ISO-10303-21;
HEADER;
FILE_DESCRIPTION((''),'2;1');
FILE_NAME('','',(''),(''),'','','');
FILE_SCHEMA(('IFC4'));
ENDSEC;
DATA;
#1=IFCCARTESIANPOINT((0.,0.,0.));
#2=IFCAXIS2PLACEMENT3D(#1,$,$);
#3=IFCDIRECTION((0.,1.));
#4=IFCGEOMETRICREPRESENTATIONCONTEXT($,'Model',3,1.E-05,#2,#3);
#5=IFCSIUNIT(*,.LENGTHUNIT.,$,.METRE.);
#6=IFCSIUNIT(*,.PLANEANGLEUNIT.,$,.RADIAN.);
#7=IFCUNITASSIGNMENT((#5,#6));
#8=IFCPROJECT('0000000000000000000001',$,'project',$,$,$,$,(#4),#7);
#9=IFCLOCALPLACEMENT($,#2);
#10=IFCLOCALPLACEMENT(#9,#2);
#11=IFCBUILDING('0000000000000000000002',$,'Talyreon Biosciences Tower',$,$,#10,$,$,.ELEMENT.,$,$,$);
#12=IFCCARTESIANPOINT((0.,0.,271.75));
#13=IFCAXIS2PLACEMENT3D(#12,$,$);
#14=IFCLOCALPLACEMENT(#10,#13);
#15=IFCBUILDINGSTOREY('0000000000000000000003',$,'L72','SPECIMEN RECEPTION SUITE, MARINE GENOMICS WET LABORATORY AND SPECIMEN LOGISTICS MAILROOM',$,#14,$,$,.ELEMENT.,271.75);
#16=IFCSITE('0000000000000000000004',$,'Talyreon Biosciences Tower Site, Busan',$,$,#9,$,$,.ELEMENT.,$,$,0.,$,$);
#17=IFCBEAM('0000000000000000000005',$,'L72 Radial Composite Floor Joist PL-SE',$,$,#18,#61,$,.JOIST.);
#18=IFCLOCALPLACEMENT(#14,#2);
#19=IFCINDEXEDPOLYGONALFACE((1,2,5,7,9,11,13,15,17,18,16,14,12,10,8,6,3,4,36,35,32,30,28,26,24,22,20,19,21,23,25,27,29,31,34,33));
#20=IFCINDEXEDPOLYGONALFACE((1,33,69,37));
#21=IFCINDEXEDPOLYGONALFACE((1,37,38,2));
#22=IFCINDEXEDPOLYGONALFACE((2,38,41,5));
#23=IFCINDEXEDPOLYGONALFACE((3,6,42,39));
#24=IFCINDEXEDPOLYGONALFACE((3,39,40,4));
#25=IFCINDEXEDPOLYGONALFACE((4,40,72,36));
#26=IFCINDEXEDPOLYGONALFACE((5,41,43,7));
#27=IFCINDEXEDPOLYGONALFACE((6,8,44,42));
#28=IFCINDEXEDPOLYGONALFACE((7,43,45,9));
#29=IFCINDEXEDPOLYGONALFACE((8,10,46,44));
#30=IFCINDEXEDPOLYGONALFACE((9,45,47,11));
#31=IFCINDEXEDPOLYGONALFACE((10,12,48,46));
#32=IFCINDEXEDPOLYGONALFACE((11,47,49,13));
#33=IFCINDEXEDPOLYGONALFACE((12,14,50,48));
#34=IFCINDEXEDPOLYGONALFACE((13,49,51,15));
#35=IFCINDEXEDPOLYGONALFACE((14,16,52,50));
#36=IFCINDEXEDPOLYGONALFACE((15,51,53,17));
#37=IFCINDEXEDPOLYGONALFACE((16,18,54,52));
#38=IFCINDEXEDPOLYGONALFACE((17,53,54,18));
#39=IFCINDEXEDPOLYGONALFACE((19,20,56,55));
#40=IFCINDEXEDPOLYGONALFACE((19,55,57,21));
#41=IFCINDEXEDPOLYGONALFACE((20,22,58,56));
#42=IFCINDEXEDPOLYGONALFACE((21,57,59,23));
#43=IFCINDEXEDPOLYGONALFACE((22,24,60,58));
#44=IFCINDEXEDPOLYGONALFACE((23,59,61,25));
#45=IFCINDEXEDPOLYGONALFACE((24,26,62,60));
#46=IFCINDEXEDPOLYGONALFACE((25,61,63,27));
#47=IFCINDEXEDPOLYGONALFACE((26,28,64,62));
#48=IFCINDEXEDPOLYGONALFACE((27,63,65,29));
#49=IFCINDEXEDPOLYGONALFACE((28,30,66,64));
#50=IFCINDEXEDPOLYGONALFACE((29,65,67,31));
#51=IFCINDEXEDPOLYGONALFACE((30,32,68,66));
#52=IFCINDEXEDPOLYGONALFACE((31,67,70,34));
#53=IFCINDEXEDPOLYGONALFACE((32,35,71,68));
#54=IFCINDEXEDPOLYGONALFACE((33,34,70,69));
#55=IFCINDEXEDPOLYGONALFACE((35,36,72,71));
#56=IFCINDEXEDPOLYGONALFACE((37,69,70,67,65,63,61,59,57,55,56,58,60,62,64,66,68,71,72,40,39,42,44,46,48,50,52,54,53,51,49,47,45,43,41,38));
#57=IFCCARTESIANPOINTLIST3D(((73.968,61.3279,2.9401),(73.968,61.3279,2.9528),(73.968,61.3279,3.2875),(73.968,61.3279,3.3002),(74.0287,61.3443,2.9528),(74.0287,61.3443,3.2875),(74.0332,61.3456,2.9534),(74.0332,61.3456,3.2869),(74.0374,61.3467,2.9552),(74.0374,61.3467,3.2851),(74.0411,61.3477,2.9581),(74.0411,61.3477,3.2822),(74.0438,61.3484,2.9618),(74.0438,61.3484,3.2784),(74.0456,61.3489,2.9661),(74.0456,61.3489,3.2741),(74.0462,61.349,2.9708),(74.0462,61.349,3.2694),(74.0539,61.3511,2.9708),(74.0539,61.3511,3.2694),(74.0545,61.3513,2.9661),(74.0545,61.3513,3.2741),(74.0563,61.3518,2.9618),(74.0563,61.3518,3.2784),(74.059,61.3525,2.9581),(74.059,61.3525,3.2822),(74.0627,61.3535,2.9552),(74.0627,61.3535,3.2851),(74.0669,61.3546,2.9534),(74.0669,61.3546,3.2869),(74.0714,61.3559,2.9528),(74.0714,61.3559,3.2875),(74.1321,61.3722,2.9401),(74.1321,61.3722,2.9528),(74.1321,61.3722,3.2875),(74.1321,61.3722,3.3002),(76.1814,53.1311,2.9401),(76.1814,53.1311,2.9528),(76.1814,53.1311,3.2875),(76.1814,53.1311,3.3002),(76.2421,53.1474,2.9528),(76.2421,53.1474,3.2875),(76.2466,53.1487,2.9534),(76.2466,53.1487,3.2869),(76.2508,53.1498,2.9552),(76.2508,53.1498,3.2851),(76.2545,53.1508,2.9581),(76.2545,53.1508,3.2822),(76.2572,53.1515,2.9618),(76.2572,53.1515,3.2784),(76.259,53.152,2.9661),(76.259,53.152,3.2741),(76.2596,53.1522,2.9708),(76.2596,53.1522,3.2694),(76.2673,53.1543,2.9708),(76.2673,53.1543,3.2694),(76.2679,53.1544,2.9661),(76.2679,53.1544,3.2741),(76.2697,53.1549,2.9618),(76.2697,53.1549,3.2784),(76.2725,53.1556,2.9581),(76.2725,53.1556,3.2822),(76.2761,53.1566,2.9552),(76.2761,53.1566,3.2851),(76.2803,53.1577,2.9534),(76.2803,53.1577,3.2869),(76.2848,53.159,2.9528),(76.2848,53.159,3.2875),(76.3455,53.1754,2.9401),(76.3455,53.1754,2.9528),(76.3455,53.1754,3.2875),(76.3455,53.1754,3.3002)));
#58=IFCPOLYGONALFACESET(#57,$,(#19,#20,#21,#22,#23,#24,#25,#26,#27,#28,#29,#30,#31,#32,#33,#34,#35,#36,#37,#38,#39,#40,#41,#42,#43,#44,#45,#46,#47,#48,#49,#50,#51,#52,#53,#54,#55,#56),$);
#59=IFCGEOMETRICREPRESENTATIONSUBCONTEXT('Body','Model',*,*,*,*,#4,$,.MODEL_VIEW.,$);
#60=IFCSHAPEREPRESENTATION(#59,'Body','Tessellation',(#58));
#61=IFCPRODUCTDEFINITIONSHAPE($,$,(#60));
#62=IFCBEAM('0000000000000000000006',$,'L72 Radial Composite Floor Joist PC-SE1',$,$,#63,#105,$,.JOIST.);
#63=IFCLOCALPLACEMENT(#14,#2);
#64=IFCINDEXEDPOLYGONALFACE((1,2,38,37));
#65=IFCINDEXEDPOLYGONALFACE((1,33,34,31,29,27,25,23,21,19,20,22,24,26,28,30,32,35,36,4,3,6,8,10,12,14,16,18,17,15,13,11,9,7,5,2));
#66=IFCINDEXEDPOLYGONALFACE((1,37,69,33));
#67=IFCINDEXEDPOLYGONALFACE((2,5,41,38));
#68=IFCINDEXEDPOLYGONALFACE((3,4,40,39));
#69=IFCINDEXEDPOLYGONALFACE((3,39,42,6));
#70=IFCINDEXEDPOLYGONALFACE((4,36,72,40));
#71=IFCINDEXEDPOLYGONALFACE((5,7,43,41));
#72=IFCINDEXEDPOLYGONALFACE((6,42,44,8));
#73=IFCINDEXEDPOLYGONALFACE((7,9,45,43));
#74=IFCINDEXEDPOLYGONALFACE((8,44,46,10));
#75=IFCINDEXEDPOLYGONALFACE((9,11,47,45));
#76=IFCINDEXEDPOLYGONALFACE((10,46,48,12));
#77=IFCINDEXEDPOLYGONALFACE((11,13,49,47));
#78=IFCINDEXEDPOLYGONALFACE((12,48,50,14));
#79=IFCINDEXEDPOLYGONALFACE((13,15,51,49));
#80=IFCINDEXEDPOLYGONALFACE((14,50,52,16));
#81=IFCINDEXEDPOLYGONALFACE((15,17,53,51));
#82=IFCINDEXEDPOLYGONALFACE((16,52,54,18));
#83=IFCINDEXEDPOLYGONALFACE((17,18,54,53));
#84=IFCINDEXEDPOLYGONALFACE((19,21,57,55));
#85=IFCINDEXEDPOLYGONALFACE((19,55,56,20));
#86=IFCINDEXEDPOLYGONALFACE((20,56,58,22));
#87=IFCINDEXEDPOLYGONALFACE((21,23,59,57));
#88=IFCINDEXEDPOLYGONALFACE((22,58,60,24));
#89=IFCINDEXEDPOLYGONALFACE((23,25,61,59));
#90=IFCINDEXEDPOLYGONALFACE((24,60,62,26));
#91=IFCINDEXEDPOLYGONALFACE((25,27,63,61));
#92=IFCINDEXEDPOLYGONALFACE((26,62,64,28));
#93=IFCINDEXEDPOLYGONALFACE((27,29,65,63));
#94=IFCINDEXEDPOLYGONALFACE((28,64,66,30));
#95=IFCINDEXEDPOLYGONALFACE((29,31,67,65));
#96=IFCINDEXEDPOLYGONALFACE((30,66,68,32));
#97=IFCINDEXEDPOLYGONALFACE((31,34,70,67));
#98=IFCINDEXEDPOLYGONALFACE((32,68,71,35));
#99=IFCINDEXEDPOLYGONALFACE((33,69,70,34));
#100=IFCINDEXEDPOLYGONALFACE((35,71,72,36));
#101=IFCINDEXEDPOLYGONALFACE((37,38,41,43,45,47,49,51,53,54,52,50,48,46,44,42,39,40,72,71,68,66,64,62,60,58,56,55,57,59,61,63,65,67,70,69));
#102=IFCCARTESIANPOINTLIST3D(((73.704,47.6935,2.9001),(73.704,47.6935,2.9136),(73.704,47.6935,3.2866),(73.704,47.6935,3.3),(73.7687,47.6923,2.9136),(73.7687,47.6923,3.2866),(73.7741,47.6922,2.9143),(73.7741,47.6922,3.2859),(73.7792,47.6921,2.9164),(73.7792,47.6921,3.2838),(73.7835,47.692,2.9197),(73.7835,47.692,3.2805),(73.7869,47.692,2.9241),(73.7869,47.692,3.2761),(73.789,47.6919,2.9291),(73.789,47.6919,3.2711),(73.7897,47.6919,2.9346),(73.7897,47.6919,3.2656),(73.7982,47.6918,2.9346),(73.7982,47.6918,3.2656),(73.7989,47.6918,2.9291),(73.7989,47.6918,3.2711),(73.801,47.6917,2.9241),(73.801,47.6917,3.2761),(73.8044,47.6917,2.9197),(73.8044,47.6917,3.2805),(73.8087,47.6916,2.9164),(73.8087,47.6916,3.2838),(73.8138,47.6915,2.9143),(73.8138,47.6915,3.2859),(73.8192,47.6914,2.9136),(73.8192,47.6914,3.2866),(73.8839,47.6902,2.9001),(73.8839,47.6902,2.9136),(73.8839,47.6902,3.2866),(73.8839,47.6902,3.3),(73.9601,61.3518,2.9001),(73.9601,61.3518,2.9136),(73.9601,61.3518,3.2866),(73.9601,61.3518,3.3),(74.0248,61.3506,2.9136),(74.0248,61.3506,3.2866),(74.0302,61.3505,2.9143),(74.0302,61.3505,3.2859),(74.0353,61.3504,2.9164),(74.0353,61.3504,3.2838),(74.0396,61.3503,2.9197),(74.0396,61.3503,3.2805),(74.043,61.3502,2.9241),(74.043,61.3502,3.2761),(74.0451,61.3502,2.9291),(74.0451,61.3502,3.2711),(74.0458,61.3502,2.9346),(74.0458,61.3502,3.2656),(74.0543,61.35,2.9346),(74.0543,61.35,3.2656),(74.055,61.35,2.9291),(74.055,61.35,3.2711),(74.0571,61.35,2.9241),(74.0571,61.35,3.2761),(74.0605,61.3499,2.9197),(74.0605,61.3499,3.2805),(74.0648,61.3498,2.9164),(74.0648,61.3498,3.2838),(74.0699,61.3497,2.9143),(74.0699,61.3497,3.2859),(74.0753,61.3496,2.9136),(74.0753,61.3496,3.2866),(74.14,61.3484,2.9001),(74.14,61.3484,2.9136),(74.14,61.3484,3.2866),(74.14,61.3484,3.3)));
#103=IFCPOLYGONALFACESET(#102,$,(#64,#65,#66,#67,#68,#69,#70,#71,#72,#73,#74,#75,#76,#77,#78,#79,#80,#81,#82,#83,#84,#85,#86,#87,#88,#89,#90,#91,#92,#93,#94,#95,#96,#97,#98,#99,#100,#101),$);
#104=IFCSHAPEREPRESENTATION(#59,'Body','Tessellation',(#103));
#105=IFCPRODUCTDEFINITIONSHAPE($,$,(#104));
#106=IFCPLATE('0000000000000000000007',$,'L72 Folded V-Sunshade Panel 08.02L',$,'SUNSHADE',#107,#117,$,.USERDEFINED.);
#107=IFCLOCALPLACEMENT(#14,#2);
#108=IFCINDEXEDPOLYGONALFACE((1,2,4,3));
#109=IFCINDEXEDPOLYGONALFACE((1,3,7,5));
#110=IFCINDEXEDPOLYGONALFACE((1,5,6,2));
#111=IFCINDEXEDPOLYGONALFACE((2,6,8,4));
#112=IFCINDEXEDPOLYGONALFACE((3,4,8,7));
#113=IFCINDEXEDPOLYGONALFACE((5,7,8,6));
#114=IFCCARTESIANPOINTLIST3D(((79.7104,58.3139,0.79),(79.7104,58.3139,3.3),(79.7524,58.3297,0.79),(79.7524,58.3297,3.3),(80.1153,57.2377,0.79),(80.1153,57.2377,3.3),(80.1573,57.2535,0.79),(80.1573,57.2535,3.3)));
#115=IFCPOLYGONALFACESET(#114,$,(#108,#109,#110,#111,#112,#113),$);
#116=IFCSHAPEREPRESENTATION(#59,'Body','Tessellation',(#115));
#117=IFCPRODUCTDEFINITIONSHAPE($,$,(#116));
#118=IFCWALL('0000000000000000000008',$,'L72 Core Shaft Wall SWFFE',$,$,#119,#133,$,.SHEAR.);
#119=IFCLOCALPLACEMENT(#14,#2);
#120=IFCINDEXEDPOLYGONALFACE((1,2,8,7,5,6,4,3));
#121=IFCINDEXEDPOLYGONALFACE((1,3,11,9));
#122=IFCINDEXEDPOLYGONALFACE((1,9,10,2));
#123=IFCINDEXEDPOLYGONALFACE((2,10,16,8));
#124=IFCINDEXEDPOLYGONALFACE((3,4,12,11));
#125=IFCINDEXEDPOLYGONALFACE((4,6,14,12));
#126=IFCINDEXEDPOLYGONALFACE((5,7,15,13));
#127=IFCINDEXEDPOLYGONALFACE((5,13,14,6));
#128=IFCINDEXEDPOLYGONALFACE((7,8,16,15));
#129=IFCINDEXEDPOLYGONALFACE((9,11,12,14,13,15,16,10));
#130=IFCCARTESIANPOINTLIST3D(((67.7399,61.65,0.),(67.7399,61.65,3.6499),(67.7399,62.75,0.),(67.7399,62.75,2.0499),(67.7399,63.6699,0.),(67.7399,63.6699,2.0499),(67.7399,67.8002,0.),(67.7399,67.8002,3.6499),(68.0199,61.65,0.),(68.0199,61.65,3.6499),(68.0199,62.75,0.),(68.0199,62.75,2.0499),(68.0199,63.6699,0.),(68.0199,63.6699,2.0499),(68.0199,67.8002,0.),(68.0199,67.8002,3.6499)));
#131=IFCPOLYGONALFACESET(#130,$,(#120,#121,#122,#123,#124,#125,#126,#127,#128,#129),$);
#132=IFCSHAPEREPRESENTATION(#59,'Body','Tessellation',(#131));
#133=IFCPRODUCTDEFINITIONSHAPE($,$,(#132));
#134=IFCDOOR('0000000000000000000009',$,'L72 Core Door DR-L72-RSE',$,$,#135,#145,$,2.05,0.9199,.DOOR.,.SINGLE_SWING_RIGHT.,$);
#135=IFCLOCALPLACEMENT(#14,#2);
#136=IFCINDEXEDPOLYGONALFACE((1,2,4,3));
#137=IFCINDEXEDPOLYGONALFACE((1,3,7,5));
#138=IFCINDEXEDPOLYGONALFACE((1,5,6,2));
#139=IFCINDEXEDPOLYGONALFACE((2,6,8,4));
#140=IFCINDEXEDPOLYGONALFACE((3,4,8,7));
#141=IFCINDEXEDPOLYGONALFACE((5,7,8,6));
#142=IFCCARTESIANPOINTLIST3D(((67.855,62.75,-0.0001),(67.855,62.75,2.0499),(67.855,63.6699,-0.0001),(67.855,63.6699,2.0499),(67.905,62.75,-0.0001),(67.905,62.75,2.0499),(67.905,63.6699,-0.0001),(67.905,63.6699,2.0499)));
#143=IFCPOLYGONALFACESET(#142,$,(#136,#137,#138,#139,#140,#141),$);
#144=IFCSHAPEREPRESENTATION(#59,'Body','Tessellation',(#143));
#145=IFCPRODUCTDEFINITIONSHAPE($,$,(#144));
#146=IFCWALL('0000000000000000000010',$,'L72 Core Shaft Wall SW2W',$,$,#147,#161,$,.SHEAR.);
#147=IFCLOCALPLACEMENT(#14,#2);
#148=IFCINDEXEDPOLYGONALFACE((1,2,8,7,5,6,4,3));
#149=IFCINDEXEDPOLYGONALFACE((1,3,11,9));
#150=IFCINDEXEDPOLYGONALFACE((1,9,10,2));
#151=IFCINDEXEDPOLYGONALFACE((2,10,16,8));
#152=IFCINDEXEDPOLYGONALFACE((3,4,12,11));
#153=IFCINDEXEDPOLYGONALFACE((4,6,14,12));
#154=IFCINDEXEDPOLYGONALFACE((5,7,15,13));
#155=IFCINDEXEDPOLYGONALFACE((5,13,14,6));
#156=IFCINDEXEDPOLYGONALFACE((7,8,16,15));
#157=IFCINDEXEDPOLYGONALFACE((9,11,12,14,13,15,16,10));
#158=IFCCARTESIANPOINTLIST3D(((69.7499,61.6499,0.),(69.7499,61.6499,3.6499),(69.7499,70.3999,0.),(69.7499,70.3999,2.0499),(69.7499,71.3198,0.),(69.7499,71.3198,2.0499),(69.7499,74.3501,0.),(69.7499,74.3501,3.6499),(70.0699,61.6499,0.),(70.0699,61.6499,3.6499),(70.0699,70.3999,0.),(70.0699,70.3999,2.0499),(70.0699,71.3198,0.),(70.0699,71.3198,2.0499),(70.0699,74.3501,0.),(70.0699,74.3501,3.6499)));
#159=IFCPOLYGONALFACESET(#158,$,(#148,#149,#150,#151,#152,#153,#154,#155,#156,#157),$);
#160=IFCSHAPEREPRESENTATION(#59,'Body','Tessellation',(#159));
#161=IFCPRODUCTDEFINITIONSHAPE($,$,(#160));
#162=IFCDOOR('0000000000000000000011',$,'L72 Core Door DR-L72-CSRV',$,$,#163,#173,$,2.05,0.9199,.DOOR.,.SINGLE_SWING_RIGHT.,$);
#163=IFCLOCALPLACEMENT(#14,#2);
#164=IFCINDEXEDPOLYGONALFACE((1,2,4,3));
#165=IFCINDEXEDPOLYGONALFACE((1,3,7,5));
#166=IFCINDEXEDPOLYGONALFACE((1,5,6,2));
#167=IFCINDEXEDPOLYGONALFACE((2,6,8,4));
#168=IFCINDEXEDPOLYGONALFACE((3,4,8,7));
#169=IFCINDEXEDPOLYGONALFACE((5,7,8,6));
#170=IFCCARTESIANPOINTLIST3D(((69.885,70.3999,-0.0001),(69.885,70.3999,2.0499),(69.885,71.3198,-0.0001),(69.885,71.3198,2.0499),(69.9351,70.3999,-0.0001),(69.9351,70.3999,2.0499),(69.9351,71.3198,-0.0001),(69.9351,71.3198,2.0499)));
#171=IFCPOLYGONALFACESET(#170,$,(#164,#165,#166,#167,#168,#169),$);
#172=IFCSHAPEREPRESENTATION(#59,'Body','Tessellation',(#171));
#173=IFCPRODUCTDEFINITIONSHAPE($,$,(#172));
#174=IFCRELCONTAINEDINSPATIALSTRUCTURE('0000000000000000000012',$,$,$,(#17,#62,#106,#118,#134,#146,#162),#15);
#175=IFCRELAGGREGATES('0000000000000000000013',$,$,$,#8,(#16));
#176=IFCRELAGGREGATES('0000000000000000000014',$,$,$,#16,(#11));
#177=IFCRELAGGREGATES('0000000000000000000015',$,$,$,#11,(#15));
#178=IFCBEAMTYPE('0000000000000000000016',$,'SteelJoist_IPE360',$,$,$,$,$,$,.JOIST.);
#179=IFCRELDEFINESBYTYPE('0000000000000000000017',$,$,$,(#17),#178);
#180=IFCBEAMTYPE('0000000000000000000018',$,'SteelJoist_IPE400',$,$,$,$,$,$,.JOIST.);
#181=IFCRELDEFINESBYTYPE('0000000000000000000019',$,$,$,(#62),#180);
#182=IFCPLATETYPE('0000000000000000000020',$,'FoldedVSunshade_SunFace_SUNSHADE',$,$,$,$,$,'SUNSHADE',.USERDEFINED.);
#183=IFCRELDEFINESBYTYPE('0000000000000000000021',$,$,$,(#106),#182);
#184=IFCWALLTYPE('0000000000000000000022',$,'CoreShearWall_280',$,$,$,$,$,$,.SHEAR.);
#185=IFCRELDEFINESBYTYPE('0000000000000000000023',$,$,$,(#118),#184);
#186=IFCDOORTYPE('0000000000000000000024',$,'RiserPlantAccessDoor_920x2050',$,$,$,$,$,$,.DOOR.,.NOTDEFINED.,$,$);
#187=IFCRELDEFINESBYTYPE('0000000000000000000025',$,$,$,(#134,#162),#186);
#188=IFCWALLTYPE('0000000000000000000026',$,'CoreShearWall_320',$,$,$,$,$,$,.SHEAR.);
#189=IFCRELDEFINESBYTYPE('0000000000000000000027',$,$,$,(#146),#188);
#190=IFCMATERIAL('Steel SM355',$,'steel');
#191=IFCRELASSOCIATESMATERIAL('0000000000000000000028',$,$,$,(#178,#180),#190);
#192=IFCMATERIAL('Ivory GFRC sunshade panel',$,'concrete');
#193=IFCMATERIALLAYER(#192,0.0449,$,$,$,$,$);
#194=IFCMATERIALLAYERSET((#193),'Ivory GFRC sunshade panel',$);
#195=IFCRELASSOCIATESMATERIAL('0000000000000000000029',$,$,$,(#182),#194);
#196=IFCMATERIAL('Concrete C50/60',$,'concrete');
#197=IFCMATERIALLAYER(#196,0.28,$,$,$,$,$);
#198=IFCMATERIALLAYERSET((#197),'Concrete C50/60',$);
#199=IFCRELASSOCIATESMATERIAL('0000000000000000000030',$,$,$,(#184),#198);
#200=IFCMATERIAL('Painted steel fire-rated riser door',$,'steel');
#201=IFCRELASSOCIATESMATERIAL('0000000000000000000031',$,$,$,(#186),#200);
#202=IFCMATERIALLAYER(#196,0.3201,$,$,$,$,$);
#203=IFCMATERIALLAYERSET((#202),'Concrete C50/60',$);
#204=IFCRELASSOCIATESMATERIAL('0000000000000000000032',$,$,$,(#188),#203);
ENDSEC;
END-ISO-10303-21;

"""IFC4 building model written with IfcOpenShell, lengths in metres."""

from ifc_helpers import new_model, si_unit, direction, frame, frame_2d, origin, origin_2d, place, context, subcontext, project, spatial, rectangle, i_section, extrude, material, layer, layer_set, material_profile, profile_set, type_object, element, fill, save


model = new_model("IFC4")

# Units and contexts
model_context = context("Model", 3, precision=1e-05, world=origin(), true_north=direction((0.0, 1.0)))
body_context = subcontext(model_context, "Body", "Model", "MODEL_VIEW")
ifc_project = project(units=[si_unit("LENGTHUNIT", "METRE"), si_unit("PLANEANGLEUNIT", "RADIAN")], contexts=[model_context])

# Site, building, storey
site_placement = place(None, origin())
site = spatial("IfcSite", under=ifc_project, at=site_placement, Name="Talyreon Biosciences Tower Site, Busan", CompositionType="ELEMENT", RefElevation=0.0)
building_placement = place(site_placement, origin())
building = spatial("IfcBuilding", under=site, at=building_placement, Name="Talyreon Biosciences Tower", CompositionType="ELEMENT")
storey_placement = place(building_placement, frame((0.0, 0.0, 271.75)))
storey = spatial("IfcBuildingStorey", under=building, at=storey_placement, Name="L72", Description="SPECIMEN RECEPTION SUITE, MARINE GENOMICS WET LABORATORY AND SPECIMEN LOGISTICS MAILROOM", CompositionType="ELEMENT", Elevation=271.75)

# Shared definitions
ifc_material_1 = material(Name="Concrete C50/60", Category="concrete")

# Beams
ifc_material_2 = material(Name="Steel SM355", Category="steel")
ifc_material_profile_1 = material_profile(ifc_material_2, i_section(OverallWidth=0.1699, OverallDepth=0.3601, WebThickness=0.0081, FlangeThickness=0.0127, FilletRadius=0.0181, at=origin_2d()), Name="IPE360")
ifc_profile_set_1 = profile_set([ifc_material_profile_1], Name="Steel SM355")
beam_type_1 = type_object("IfcBeamType", Name="SteelJoist_IPE360", PredefinedType="JOIST", material=ifc_profile_set_1)
beam_1_placement = place(storey_placement, frame((74.05, 61.3501, 3.1201), z_axis=(0.260693, -0.965422, 0.0), x_axis=(0.965422, 0.260693, 0.0)))
element("IfcBeam", 1, at=beam_1_placement, inside=storey, type_object=beam_type_1, Name="L72 Radial Composite Floor Joist PL-SE", PredefinedType="JOIST", context=body_context, shape_type="SweptSolid", body=[
    extrude(i_section(OverallWidth=0.1699, OverallDepth=0.3601, WebThickness=0.0081, FlangeThickness=0.0127, FilletRadius=0.0181, at=origin_2d()), origin(), (0.0, 0.0, 1.0), 8.4905),
])
ifc_material_profile_2 = material_profile(ifc_material_2, i_section(OverallWidth=0.1799, OverallDepth=0.3999, WebThickness=0.0085, FlangeThickness=0.0134, FilletRadius=0.021, at=origin_2d()), Name="IPE400")
ifc_profile_set_2 = profile_set([ifc_material_profile_2], Name="Steel SM355")
beam_type_2 = type_object("IfcBeamType", Name="SteelJoist_IPE400", PredefinedType="JOIST", material=ifc_profile_set_2)
beam_2_placement = place(storey_placement, frame((74.05, 61.3501, 3.1001), z_axis=(-0.018748, -0.999824, 0.0), x_axis=(0.999824, -0.018748, 0.0)))
element("IfcBeam", 2, at=beam_2_placement, inside=storey, type_object=beam_type_2, Name="L72 Radial Composite Floor Joist PC-SE1", PredefinedType="JOIST", context=body_context, shape_type="SweptSolid", body=[
    extrude(i_section(OverallWidth=0.1799, OverallDepth=0.3999, WebThickness=0.0085, FlangeThickness=0.0134, FilletRadius=0.021, at=origin_2d()), origin(), (0.0, 0.0, 1.0), 13.6606),
])

# Plate
ifc_material_3 = material(Name="Ivory GFRC sunshade panel", Category="concrete")
ifc_layer_1 = layer(ifc_material_3, 0.0449)
ifc_layer_set_1 = layer_set([ifc_layer_1], Name="Ivory GFRC sunshade panel")
plate_type = type_object("IfcPlateType", Name="FoldedVSunshade_SunFace_SUNSHADE", ElementType="SUNSHADE", PredefinedType="USERDEFINED", material=ifc_layer_set_1)
plate_placement = place(storey_placement, frame((79.9338, 57.7837, 0.79), z_axis=(0.0, 0.0, 1.0), x_axis=(0.352103, -0.935961, 0.0)))
element("IfcPlate", 3, at=plate_placement, inside=storey, type_object=plate_type, Name="L72 Folded V-Sunshade Panel 08.02L", ObjectType="SUNSHADE", PredefinedType="USERDEFINED", context=body_context, shape_type="SweptSolid", body=[
    extrude(rectangle(XDim=1.1499, YDim=0.0449, at=origin_2d()), origin(), (0.0, 0.0, 1.0), 2.51),
])

# Walls, openings, doors
ifc_layer_2 = layer(ifc_material_1, 0.28)
ifc_layer_set_2 = layer_set([ifc_layer_2], Name="Concrete C50/60")
wall_type_1 = type_object("IfcWallType", Name="CoreShearWall_280", PredefinedType="SHEAR", material=ifc_layer_set_2)
wall_1_placement = place(storey_placement, frame((67.8799, 61.6499, 0.0), z_axis=(0.0, 0.0, 1.0), x_axis=(0.0, 1.0, 0.0)))
wall_1 = element("IfcWall", 4, at=wall_1_placement, inside=storey, type_object=wall_type_1, Name="L72 Core Shaft Wall SWFFE", PredefinedType="SHEAR", context=body_context, shape_type="SweptSolid", body=[
    extrude(rectangle(XDim=6.1501, YDim=0.28, at=frame_2d((3.0752, 0.0))), origin(), (0.0, 0.0, 1.0), 3.6499),
])
opening_1_placement = place(wall_1_placement, frame((1.1001, 0.0, 0.0)))
opening_1 = element("IfcOpeningElement", 5, at=opening_1_placement, cuts=wall_1, PredefinedType="OPENING", context=body_context, shape_type="SweptSolid", body=[
    extrude(rectangle(XDim=0.9199, YDim=2.05, at=frame_2d((0.46, 1.0249))), frame((0.0, 0.1499, 0.0), z_axis=(0.0, -1.0, 0.0), x_axis=(1.0, 0.0, 0.0)), (0.0, 0.0, 1.0), 0.3),
])
ifc_material_4 = material(Name="Painted steel fire-rated riser door", Category="steel")
door_type = type_object("IfcDoorType", Name="RiserPlantAccessDoor_920x2050", OperationType="NOTDEFINED", PredefinedType="DOOR", material=ifc_material_4)
door_1_placement = place(opening_1_placement, origin())
door_1 = element("IfcDoor", 6, at=door_1_placement, inside=storey, type_object=door_type, Name="L72 Core Door DR-L72-RSE", OperationType="SINGLE_SWING_RIGHT", OverallHeight=2.05, OverallWidth=0.9199, PredefinedType="DOOR", context=body_context, shape_type="SweptSolid", body=[
    extrude(rectangle(XDim=0.9199, YDim=2.05, at=frame_2d((0.46, 1.0249))), frame((0.0, 0.0249, 0.0), z_axis=(0.0, -1.0, 0.0), x_axis=(1.0, 0.0, 0.0)), (0.0, 0.0, 1.0), 0.05),
])
fill(opening_1, door_1)
ifc_layer_3 = layer(ifc_material_1, 0.3201)
ifc_layer_set_3 = layer_set([ifc_layer_3], Name="Concrete C50/60")
wall_type_2 = type_object("IfcWallType", Name="CoreShearWall_320", PredefinedType="SHEAR", material=ifc_layer_set_3)
wall_2_placement = place(storey_placement, frame((69.9099, 61.6499, 0.0), z_axis=(0.0, 0.0, 1.0), x_axis=(0.0, 1.0, 0.0)))
wall_2 = element("IfcWall", 7, at=wall_2_placement, inside=storey, type_object=wall_type_2, Name="L72 Core Shaft Wall SW2W", PredefinedType="SHEAR", context=body_context, shape_type="SweptSolid", body=[
    extrude(rectangle(XDim=12.7002, YDim=0.3201, at=frame_2d((6.3501, 0.0))), origin(), (0.0, 0.0, 1.0), 3.6499),
])
opening_2_placement = place(wall_2_placement, frame((8.75, 0.0, 0.0)))
opening_2 = element("IfcOpeningElement", 8, at=opening_2_placement, cuts=wall_2, PredefinedType="OPENING", context=body_context, shape_type="SweptSolid", body=[
    extrude(rectangle(XDim=0.9199, YDim=2.05, at=frame_2d((0.46, 1.0249))), frame((0.0, 0.1699, 0.0), z_axis=(0.0, -1.0, 0.0), x_axis=(1.0, 0.0, 0.0)), (0.0, 0.0, 1.0), 0.3401),
])
door_2_placement = place(opening_2_placement, origin())
door_2 = element("IfcDoor", 9, at=door_2_placement, inside=storey, type_object=door_type, Name="L72 Core Door DR-L72-CSRV", OperationType="SINGLE_SWING_RIGHT", OverallHeight=2.05, OverallWidth=0.9199, PredefinedType="DOOR", context=body_context, shape_type="SweptSolid", body=[
    extrude(rectangle(XDim=0.9199, YDim=2.05, at=frame_2d((0.46, 1.0249))), frame((0.0, 0.0249, 0.0), z_axis=(0.0, -1.0, 0.0), x_axis=(1.0, 0.0, 0.0)), (0.0, 0.0, 1.0), 0.05),
])
fill(opening_2, door_2)

save(model, "model.ifc")
